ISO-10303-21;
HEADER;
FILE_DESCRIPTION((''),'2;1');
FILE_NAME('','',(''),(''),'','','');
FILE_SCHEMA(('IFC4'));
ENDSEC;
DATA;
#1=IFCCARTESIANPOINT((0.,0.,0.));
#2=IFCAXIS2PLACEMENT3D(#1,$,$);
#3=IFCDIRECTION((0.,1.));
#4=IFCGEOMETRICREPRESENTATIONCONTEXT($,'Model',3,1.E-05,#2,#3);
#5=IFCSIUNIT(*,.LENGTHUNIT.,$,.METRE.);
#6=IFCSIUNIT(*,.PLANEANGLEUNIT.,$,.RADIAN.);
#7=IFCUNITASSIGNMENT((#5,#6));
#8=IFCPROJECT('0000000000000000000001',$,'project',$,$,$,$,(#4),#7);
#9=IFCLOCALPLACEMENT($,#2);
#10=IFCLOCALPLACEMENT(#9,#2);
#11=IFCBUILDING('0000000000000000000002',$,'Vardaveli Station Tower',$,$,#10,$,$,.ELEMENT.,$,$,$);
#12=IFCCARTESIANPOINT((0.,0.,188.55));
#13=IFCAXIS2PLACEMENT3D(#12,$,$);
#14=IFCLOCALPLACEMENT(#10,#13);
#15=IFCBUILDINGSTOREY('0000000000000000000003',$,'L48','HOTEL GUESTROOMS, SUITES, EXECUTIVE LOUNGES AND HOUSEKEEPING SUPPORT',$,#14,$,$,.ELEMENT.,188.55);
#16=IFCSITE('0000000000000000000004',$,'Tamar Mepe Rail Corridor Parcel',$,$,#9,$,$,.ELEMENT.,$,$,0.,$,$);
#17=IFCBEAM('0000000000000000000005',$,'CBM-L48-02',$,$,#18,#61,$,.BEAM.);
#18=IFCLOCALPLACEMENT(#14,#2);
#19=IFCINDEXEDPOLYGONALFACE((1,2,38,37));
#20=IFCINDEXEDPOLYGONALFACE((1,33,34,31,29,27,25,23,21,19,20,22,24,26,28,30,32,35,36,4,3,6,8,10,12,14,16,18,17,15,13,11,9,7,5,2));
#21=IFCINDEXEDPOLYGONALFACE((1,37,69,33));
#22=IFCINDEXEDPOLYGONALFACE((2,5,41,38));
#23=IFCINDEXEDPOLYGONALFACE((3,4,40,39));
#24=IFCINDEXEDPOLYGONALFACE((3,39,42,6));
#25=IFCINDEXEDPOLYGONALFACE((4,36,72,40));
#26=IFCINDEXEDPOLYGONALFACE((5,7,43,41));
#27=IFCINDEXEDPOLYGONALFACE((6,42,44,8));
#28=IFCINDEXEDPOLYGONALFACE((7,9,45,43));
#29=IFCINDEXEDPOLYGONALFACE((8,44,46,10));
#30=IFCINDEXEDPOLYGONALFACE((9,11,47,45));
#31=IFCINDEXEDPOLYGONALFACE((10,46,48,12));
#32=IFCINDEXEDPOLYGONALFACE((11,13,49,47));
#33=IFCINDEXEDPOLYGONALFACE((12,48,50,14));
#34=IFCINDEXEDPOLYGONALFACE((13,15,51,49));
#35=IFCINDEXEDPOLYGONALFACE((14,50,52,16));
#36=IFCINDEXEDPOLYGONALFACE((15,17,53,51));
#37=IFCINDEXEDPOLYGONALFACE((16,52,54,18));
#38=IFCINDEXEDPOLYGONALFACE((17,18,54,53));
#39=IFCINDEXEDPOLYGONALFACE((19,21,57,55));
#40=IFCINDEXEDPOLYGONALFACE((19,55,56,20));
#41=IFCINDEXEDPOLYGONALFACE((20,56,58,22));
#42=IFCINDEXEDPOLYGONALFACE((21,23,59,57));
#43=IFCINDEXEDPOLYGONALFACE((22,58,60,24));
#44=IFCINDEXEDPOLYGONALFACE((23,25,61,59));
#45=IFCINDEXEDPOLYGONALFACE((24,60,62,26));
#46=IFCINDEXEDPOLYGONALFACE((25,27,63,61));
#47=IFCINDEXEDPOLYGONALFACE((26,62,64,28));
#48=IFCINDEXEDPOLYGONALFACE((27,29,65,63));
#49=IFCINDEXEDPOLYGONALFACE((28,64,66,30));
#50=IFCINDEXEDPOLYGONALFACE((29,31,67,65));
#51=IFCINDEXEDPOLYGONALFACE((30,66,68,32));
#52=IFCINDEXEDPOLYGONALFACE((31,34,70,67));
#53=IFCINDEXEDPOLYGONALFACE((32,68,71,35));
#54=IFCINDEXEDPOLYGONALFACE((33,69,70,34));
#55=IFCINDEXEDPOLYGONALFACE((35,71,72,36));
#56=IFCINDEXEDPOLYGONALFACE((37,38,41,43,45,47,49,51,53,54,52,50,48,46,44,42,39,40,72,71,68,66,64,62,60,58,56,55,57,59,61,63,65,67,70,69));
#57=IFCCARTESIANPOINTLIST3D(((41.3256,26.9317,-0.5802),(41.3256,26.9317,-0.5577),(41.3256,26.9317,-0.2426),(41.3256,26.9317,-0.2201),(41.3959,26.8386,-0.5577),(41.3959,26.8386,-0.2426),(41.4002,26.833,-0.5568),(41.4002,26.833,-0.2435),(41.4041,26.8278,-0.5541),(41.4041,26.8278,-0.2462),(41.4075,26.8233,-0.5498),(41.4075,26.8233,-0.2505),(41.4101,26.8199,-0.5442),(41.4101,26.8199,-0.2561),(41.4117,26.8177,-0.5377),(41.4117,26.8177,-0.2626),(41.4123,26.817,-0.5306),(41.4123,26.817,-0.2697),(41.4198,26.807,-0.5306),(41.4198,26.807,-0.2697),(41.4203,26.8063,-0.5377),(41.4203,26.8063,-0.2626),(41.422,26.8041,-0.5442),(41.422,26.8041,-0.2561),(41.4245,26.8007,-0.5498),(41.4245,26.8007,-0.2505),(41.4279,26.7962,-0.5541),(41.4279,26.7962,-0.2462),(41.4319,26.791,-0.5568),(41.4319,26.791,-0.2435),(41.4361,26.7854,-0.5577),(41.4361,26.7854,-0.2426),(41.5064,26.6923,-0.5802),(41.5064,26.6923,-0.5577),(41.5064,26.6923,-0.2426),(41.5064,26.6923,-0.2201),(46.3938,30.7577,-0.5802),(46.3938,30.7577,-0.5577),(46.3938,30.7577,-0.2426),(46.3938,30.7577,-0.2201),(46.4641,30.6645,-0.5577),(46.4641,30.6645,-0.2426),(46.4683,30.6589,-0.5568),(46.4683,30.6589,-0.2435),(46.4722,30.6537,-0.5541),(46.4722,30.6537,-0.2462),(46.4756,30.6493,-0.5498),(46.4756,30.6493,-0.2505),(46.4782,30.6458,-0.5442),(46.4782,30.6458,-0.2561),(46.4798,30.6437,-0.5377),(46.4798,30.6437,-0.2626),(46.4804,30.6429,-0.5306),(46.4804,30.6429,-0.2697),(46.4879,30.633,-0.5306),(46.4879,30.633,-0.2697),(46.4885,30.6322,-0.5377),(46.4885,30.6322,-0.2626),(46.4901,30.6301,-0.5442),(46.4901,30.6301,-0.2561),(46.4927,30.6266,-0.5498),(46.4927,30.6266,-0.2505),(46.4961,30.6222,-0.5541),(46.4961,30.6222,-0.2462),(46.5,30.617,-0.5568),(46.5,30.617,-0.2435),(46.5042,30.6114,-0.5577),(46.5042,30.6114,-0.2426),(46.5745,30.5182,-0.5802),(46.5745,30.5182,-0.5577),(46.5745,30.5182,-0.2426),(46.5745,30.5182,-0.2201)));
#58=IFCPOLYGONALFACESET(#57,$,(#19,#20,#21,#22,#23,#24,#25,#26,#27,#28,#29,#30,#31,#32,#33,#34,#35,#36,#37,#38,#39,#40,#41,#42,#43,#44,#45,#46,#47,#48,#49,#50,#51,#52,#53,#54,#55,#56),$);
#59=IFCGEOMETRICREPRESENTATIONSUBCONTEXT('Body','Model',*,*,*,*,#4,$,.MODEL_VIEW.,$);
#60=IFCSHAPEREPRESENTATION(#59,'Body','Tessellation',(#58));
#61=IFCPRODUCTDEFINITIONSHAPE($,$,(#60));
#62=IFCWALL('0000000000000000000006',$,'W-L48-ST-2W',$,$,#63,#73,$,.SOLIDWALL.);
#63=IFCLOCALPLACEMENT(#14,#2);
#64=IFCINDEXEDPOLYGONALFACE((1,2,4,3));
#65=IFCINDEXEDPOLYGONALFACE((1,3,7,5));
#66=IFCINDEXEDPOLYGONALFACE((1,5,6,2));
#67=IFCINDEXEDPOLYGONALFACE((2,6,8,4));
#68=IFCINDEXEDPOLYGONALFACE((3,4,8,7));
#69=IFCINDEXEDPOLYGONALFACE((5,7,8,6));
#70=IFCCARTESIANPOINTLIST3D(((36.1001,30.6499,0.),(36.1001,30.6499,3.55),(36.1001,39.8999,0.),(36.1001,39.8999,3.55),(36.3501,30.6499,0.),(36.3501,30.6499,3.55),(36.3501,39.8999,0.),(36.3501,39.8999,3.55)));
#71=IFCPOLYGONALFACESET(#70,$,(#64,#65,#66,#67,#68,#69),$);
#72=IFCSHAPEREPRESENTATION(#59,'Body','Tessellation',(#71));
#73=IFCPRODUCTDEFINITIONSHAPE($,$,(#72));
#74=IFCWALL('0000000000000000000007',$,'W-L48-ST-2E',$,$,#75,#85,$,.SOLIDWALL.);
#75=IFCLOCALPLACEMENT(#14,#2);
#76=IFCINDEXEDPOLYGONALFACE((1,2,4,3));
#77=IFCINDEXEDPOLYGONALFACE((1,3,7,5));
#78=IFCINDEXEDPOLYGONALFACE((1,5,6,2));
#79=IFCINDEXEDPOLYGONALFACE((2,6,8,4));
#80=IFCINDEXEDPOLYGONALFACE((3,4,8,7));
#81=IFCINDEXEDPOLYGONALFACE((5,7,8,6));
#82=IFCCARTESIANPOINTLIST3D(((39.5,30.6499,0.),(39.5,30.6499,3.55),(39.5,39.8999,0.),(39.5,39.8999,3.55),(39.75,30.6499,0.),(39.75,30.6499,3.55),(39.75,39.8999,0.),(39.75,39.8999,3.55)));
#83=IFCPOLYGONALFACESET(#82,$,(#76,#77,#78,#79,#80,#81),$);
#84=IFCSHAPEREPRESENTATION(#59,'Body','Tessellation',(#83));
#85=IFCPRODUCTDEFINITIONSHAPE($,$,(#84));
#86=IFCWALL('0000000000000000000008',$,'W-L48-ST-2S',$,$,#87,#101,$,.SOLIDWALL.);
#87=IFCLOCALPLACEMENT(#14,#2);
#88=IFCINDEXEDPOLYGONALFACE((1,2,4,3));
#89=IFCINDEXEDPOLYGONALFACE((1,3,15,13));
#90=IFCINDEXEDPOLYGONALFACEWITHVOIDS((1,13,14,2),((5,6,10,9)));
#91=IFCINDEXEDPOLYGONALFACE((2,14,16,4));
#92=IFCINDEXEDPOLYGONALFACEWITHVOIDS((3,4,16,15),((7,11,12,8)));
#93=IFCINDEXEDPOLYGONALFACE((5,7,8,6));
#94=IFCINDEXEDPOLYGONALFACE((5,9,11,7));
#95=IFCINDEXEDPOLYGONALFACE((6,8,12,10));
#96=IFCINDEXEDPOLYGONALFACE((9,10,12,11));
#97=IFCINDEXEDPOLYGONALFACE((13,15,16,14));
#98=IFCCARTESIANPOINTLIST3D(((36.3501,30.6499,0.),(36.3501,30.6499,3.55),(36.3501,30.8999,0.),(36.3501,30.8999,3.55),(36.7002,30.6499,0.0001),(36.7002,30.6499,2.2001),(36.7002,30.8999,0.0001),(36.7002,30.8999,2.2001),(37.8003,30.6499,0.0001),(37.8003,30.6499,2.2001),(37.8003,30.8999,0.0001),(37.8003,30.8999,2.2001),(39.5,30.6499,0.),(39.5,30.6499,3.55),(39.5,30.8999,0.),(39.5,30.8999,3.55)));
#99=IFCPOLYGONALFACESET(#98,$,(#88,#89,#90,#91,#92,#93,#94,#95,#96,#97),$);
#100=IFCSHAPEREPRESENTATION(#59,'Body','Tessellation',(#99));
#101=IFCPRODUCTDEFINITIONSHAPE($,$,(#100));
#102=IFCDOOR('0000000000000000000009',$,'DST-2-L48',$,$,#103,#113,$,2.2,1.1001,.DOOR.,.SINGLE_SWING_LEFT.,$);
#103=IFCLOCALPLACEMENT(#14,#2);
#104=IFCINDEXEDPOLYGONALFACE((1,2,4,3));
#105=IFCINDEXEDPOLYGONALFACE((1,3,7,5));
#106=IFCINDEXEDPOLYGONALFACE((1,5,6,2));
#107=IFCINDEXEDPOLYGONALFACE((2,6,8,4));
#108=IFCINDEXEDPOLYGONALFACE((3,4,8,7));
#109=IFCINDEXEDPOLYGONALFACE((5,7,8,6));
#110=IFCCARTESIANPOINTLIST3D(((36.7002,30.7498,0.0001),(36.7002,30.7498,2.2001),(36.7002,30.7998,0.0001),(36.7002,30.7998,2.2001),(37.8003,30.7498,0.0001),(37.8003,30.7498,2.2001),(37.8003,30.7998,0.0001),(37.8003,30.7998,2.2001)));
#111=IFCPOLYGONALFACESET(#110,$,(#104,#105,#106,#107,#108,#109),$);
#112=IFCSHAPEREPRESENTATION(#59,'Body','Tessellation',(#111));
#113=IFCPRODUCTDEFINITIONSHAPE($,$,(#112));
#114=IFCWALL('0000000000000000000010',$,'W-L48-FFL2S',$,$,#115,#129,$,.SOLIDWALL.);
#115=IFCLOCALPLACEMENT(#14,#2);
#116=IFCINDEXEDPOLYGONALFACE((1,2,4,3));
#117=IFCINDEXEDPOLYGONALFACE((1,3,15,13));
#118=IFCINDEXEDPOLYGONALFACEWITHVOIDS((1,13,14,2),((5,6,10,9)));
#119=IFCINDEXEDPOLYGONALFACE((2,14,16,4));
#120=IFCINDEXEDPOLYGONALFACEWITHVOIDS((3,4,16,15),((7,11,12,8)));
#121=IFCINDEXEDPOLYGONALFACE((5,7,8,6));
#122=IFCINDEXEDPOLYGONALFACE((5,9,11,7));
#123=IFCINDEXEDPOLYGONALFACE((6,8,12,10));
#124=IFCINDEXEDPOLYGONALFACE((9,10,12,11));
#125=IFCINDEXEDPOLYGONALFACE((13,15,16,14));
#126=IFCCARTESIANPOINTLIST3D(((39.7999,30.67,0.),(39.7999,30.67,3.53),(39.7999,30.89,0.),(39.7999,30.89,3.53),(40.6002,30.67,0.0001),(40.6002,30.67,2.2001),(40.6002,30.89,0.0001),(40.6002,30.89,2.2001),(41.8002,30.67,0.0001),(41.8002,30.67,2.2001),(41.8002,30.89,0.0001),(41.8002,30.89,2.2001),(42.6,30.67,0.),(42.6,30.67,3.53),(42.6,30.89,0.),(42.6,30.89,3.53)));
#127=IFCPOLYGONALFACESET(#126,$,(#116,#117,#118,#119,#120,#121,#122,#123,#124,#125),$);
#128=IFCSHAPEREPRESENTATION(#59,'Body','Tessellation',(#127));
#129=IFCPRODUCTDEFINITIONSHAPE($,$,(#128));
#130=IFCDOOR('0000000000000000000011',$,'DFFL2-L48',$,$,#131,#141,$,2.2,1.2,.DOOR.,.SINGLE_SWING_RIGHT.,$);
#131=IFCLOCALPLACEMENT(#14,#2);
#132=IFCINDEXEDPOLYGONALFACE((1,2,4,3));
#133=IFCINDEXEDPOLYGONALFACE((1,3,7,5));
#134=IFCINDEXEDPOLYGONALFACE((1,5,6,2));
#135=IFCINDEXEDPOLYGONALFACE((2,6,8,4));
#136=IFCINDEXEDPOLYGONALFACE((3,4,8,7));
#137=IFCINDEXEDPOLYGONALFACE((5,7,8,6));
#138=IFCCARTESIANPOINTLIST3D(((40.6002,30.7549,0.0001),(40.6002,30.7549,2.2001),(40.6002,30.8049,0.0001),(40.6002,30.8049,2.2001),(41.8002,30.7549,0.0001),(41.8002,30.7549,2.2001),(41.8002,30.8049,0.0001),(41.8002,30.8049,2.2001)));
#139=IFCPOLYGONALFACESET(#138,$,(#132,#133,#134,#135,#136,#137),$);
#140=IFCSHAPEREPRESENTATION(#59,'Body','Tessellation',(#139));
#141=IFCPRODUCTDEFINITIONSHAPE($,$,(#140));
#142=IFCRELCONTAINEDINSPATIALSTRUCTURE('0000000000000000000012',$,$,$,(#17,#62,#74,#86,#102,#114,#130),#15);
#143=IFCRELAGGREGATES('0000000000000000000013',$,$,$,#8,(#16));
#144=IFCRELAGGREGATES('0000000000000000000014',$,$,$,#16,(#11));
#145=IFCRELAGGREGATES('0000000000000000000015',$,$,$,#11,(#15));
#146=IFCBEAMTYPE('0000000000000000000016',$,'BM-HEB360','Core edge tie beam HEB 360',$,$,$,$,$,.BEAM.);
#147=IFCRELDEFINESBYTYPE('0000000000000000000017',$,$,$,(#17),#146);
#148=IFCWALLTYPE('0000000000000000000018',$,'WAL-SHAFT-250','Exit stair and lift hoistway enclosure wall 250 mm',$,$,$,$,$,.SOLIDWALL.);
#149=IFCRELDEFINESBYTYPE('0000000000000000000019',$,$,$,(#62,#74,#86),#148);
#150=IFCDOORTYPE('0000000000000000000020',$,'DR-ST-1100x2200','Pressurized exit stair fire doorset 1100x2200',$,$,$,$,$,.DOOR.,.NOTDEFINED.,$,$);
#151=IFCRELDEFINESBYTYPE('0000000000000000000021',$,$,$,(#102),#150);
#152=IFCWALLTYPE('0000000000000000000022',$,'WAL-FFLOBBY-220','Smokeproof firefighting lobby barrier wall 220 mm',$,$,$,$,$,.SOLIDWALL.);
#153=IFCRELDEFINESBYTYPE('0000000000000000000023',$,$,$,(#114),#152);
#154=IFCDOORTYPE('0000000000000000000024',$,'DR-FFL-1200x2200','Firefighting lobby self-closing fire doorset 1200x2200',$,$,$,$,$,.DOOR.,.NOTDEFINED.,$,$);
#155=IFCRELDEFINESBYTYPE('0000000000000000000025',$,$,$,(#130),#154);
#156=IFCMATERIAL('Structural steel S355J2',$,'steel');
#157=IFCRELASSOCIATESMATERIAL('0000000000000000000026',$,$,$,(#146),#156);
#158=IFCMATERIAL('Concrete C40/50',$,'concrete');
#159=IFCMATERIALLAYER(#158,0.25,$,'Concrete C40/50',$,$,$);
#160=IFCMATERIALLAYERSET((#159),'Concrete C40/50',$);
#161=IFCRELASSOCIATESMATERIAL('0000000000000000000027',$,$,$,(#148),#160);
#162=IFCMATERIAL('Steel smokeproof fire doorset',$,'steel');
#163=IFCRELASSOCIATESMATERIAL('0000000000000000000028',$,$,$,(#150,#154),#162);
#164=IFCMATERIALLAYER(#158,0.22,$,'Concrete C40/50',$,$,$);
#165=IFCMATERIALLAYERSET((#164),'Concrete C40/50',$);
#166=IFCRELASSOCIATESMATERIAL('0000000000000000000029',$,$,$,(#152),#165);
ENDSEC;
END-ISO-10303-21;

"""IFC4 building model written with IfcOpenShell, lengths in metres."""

from ifc_helpers import new_model, si_unit, direction, frame, frame_2d, origin, origin_2d, place, context, subcontext, project, spatial, rectangle, i_section, extrude, source, transform, mapped, material, layer, layer_set, material_profile, profile_set, type_object, element, fill, save


model = new_model("IFC4")

# Units and contexts
model_context = context("Model", 3, precision=1e-05, world=origin(), true_north=direction((0.0, 1.0)))
body_context = subcontext(model_context, "Body", "Model", "MODEL_VIEW")
ifc_project = project(units=[si_unit("LENGTHUNIT", "METRE"), si_unit("PLANEANGLEUNIT", "RADIAN")], contexts=[model_context])

# Site, building, storey
site_placement = place(None, origin())
site = spatial("IfcSite", under=ifc_project, at=site_placement, Name="Tamar Mepe Rail Corridor Parcel", CompositionType="ELEMENT", RefElevation=0.0)
building_placement = place(site_placement, origin())
building = spatial("IfcBuilding", under=site, at=building_placement, Name="Vardaveli Station Tower", CompositionType="ELEMENT")
storey_placement = place(building_placement, frame((0.0, 0.0, 188.55)))
storey = spatial("IfcBuildingStorey", under=building, at=storey_placement, Name="L48", Description="HOTEL GUESTROOMS, SUITES, EXECUTIVE LOUNGES AND HOUSEKEEPING SUPPORT", CompositionType="ELEMENT", Elevation=188.55)

# Beam
ifc_material_1 = material(Name="Structural steel S355J2", Category="steel")
ifc_material_profile = material_profile(ifc_material_1, i_section(OverallWidth=0.3, OverallDepth=0.3601, WebThickness=0.0125, FlangeThickness=0.0225, FilletRadius=0.0271, at=origin_2d()), Name="HEB 360")
ifc_profile_set = profile_set([ifc_material_profile], Name="Structural steel S355J2")
beam_type = type_object("IfcBeamType", Name="BM-HEB360", Description="Core edge tie beam HEB 360", PredefinedType="BEAM", material=ifc_profile_set)
shared_shape_1 = source(origin(), body_context, "Body", "SweptSolid", [
    extrude(i_section(OverallWidth=0.3, OverallDepth=0.3601, WebThickness=0.0125, FlangeThickness=0.0225, FilletRadius=0.0271, at=origin_2d()), origin(), (0.0, 0.0, 1.0), 6.3501),
])
beam_placement = place(storey_placement, frame((41.416, 26.812, -0.4001), z_axis=(0.798118, 0.602501, 0.0), x_axis=(-0.602501, 0.798118, 0.0)))
element("IfcBeam", 1, at=beam_placement, inside=storey, type_object=beam_type, Name="CBM-L48-02", PredefinedType="BEAM", context=body_context, shape_type="MappedRepresentation", body=[
    mapped(shared_shape_1, transform((0.0, 0.0, 0.0), scale=1.0)),
])

# Walls
ifc_material_2 = material(Name="Concrete C40/50", Category="concrete")
ifc_layer_1 = layer(ifc_material_2, 0.25, Name="Concrete C40/50")
ifc_layer_set_1 = layer_set([ifc_layer_1], Name="Concrete C40/50")
wall_type_1 = type_object("IfcWallType", Name="WAL-SHAFT-250", Description="Exit stair and lift hoistway enclosure wall 250 mm", PredefinedType="SOLIDWALL", material=ifc_layer_set_1)
shared_shape_2 = source(origin(), body_context, "Body", "SweptSolid", [
    extrude(rectangle(XDim=9.25, YDim=0.25, at=frame_2d((4.625, 0.0))), origin(), (0.0, 0.0, 1.0), 3.55),
])
for number, where, z_axis, x_axis, name in (
    (2, (36.2251, 30.6499, 0.0), (0.0, 0.0, 1.0), (0.0, 1.0, 0.0), "W-L48-ST-2W"),
    (3, (39.625, 30.6499, 0.0), (0.0, 0.0, 1.0), (0.0, 1.0, 0.0), "W-L48-ST-2E"),
):
    element("IfcWall", number, at=place(storey_placement, frame(where, z_axis=z_axis, x_axis=x_axis)), inside=storey, type_object=wall_type_1, Name=name, PredefinedType="SOLIDWALL", context=body_context, shape_type="MappedRepresentation", body=[
        mapped(shared_shape_2, transform((0.0, 0.0, 0.0), scale=1.0)),
    ])

# Walls, openings, doors
shared_shape_3 = source(origin(), body_context, "Body", "SweptSolid", [
    extrude(rectangle(XDim=3.1499, YDim=0.25, at=frame_2d((1.575, 0.0))), origin(), (0.0, 0.0, 1.0), 3.55),
])
wall_1_placement = place(storey_placement, frame((36.3501, 30.7749, 0.0), z_axis=(0.0, 0.0, 1.0), x_axis=(1.0, 0.0, 0.0)))
wall_1 = element("IfcWall", 4, at=wall_1_placement, inside=storey, type_object=wall_type_1, Name="W-L48-ST-2S", PredefinedType="SOLIDWALL", context=body_context, shape_type="MappedRepresentation", body=[
    mapped(shared_shape_3, transform((0.0, 0.0, 0.0), scale=1.0)),
])
shared_shape_4 = source(origin(), body_context, "Body", "SweptSolid", [
    extrude(rectangle(XDim=1.1001, YDim=2.2, at=frame_2d((0.55, 1.1001))), frame((0.0, 0.135, 0.0), z_axis=(0.0, -1.0, 0.0), x_axis=(1.0, 0.0, 0.0)), (0.0, 0.0, 1.0), 0.27),
])
opening_1_placement = place(wall_1_placement, frame((0.3501, 0.0, 0.0)))
opening_1 = element("IfcOpeningElement", 5, at=opening_1_placement, cuts=wall_1, PredefinedType="OPENING", context=body_context, shape_type="MappedRepresentation", body=[
    mapped(shared_shape_4, transform((0.0, 0.0, 0.0), scale=1.0)),
])
ifc_material_3 = material(Name="Steel smokeproof fire doorset", Category="steel")
door_type_1 = type_object("IfcDoorType", Name="DR-ST-1100x2200", Description="Pressurized exit stair fire doorset 1100x2200", OperationType="NOTDEFINED", PredefinedType="DOOR", material=ifc_material_3)
shared_shape_5 = source(origin(), body_context, "Body", "SweptSolid", [
    extrude(rectangle(XDim=1.1001, YDim=2.2, at=frame_2d((0.55, 1.1001))), frame((0.0, 0.0249, 0.0), z_axis=(0.0, -1.0, 0.0), x_axis=(1.0, 0.0, 0.0)), (0.0, 0.0, 1.0), 0.05),
])
door_1_placement = place(opening_1_placement, origin())
door_1 = element("IfcDoor", 6, at=door_1_placement, inside=storey, type_object=door_type_1, Name="DST-2-L48", OperationType="SINGLE_SWING_LEFT", OverallHeight=2.2, OverallWidth=1.1001, PredefinedType="DOOR", context=body_context, shape_type="MappedRepresentation", body=[
    mapped(shared_shape_5, transform((0.0, 0.0, 0.0), scale=1.0)),
])
fill(opening_1, door_1)
ifc_layer_2 = layer(ifc_material_2, 0.22, Name="Concrete C40/50")
ifc_layer_set_2 = layer_set([ifc_layer_2], Name="Concrete C40/50")
wall_type_2 = type_object("IfcWallType", Name="WAL-FFLOBBY-220", Description="Smokeproof firefighting lobby barrier wall 220 mm", PredefinedType="SOLIDWALL", material=ifc_layer_set_2)
shared_shape_6 = source(origin(), body_context, "Body", "SweptSolid", [
    extrude(rectangle(XDim=2.8, YDim=0.22, at=frame_2d((1.3999, 0.0))), origin(), (0.0, 0.0, 1.0), 3.53),
])
wall_2_placement = place(storey_placement, frame((39.8, 30.78, 0.0), z_axis=(0.0, 0.0, 1.0), x_axis=(1.0, 0.0, 0.0)))
wall_2 = element("IfcWall", 7, at=wall_2_placement, inside=storey, type_object=wall_type_2, Name="W-L48-FFL2S", PredefinedType="SOLIDWALL", context=body_context, shape_type="MappedRepresentation", body=[
    mapped(shared_shape_6, transform((0.0, 0.0, 0.0), scale=1.0)),
])
shared_shape_7 = source(origin(), body_context, "Body", "SweptSolid", [
    extrude(rectangle(XDim=1.2, YDim=2.2, at=frame_2d((0.6001, 1.1001))), frame((0.0, 0.1201, 0.0), z_axis=(0.0, -1.0, 0.0), x_axis=(1.0, 0.0, 0.0)), (0.0, 0.0, 1.0), 0.24),
])
opening_2_placement = place(wall_2_placement, frame((0.8, 0.0, 0.0)))
opening_2 = element("IfcOpeningElement", 8, at=opening_2_placement, cuts=wall_2, PredefinedType="OPENING", context=body_context, shape_type="MappedRepresentation", body=[
    mapped(shared_shape_7, transform((0.0, 0.0, 0.0), scale=1.0)),
])
door_type_2 = type_object("IfcDoorType", Name="DR-FFL-1200x2200", Description="Firefighting lobby self-closing fire doorset 1200x2200", OperationType="NOTDEFINED", PredefinedType="DOOR", material=ifc_material_3)
shared_shape_8 = source(origin(), body_context, "Body", "SweptSolid", [
    extrude(rectangle(XDim=1.2, YDim=2.2, at=frame_2d((0.6001, 1.1001))), frame((0.0, 0.0249, 0.0), z_axis=(0.0, -1.0, 0.0), x_axis=(1.0, 0.0, 0.0)), (0.0, 0.0, 1.0), 0.05),
])
door_2_placement = place(opening_2_placement, origin())
door_2 = element("IfcDoor", 9, at=door_2_placement, inside=storey, type_object=door_type_2, Name="DFFL2-L48", OperationType="SINGLE_SWING_RIGHT", OverallHeight=2.2, OverallWidth=1.2, PredefinedType="DOOR", context=body_context, shape_type="MappedRepresentation", body=[
    mapped(shared_shape_8, transform((0.0, 0.0, 0.0), scale=1.0)),
])
fill(opening_2, door_2)

save(model, "model.ifc")
